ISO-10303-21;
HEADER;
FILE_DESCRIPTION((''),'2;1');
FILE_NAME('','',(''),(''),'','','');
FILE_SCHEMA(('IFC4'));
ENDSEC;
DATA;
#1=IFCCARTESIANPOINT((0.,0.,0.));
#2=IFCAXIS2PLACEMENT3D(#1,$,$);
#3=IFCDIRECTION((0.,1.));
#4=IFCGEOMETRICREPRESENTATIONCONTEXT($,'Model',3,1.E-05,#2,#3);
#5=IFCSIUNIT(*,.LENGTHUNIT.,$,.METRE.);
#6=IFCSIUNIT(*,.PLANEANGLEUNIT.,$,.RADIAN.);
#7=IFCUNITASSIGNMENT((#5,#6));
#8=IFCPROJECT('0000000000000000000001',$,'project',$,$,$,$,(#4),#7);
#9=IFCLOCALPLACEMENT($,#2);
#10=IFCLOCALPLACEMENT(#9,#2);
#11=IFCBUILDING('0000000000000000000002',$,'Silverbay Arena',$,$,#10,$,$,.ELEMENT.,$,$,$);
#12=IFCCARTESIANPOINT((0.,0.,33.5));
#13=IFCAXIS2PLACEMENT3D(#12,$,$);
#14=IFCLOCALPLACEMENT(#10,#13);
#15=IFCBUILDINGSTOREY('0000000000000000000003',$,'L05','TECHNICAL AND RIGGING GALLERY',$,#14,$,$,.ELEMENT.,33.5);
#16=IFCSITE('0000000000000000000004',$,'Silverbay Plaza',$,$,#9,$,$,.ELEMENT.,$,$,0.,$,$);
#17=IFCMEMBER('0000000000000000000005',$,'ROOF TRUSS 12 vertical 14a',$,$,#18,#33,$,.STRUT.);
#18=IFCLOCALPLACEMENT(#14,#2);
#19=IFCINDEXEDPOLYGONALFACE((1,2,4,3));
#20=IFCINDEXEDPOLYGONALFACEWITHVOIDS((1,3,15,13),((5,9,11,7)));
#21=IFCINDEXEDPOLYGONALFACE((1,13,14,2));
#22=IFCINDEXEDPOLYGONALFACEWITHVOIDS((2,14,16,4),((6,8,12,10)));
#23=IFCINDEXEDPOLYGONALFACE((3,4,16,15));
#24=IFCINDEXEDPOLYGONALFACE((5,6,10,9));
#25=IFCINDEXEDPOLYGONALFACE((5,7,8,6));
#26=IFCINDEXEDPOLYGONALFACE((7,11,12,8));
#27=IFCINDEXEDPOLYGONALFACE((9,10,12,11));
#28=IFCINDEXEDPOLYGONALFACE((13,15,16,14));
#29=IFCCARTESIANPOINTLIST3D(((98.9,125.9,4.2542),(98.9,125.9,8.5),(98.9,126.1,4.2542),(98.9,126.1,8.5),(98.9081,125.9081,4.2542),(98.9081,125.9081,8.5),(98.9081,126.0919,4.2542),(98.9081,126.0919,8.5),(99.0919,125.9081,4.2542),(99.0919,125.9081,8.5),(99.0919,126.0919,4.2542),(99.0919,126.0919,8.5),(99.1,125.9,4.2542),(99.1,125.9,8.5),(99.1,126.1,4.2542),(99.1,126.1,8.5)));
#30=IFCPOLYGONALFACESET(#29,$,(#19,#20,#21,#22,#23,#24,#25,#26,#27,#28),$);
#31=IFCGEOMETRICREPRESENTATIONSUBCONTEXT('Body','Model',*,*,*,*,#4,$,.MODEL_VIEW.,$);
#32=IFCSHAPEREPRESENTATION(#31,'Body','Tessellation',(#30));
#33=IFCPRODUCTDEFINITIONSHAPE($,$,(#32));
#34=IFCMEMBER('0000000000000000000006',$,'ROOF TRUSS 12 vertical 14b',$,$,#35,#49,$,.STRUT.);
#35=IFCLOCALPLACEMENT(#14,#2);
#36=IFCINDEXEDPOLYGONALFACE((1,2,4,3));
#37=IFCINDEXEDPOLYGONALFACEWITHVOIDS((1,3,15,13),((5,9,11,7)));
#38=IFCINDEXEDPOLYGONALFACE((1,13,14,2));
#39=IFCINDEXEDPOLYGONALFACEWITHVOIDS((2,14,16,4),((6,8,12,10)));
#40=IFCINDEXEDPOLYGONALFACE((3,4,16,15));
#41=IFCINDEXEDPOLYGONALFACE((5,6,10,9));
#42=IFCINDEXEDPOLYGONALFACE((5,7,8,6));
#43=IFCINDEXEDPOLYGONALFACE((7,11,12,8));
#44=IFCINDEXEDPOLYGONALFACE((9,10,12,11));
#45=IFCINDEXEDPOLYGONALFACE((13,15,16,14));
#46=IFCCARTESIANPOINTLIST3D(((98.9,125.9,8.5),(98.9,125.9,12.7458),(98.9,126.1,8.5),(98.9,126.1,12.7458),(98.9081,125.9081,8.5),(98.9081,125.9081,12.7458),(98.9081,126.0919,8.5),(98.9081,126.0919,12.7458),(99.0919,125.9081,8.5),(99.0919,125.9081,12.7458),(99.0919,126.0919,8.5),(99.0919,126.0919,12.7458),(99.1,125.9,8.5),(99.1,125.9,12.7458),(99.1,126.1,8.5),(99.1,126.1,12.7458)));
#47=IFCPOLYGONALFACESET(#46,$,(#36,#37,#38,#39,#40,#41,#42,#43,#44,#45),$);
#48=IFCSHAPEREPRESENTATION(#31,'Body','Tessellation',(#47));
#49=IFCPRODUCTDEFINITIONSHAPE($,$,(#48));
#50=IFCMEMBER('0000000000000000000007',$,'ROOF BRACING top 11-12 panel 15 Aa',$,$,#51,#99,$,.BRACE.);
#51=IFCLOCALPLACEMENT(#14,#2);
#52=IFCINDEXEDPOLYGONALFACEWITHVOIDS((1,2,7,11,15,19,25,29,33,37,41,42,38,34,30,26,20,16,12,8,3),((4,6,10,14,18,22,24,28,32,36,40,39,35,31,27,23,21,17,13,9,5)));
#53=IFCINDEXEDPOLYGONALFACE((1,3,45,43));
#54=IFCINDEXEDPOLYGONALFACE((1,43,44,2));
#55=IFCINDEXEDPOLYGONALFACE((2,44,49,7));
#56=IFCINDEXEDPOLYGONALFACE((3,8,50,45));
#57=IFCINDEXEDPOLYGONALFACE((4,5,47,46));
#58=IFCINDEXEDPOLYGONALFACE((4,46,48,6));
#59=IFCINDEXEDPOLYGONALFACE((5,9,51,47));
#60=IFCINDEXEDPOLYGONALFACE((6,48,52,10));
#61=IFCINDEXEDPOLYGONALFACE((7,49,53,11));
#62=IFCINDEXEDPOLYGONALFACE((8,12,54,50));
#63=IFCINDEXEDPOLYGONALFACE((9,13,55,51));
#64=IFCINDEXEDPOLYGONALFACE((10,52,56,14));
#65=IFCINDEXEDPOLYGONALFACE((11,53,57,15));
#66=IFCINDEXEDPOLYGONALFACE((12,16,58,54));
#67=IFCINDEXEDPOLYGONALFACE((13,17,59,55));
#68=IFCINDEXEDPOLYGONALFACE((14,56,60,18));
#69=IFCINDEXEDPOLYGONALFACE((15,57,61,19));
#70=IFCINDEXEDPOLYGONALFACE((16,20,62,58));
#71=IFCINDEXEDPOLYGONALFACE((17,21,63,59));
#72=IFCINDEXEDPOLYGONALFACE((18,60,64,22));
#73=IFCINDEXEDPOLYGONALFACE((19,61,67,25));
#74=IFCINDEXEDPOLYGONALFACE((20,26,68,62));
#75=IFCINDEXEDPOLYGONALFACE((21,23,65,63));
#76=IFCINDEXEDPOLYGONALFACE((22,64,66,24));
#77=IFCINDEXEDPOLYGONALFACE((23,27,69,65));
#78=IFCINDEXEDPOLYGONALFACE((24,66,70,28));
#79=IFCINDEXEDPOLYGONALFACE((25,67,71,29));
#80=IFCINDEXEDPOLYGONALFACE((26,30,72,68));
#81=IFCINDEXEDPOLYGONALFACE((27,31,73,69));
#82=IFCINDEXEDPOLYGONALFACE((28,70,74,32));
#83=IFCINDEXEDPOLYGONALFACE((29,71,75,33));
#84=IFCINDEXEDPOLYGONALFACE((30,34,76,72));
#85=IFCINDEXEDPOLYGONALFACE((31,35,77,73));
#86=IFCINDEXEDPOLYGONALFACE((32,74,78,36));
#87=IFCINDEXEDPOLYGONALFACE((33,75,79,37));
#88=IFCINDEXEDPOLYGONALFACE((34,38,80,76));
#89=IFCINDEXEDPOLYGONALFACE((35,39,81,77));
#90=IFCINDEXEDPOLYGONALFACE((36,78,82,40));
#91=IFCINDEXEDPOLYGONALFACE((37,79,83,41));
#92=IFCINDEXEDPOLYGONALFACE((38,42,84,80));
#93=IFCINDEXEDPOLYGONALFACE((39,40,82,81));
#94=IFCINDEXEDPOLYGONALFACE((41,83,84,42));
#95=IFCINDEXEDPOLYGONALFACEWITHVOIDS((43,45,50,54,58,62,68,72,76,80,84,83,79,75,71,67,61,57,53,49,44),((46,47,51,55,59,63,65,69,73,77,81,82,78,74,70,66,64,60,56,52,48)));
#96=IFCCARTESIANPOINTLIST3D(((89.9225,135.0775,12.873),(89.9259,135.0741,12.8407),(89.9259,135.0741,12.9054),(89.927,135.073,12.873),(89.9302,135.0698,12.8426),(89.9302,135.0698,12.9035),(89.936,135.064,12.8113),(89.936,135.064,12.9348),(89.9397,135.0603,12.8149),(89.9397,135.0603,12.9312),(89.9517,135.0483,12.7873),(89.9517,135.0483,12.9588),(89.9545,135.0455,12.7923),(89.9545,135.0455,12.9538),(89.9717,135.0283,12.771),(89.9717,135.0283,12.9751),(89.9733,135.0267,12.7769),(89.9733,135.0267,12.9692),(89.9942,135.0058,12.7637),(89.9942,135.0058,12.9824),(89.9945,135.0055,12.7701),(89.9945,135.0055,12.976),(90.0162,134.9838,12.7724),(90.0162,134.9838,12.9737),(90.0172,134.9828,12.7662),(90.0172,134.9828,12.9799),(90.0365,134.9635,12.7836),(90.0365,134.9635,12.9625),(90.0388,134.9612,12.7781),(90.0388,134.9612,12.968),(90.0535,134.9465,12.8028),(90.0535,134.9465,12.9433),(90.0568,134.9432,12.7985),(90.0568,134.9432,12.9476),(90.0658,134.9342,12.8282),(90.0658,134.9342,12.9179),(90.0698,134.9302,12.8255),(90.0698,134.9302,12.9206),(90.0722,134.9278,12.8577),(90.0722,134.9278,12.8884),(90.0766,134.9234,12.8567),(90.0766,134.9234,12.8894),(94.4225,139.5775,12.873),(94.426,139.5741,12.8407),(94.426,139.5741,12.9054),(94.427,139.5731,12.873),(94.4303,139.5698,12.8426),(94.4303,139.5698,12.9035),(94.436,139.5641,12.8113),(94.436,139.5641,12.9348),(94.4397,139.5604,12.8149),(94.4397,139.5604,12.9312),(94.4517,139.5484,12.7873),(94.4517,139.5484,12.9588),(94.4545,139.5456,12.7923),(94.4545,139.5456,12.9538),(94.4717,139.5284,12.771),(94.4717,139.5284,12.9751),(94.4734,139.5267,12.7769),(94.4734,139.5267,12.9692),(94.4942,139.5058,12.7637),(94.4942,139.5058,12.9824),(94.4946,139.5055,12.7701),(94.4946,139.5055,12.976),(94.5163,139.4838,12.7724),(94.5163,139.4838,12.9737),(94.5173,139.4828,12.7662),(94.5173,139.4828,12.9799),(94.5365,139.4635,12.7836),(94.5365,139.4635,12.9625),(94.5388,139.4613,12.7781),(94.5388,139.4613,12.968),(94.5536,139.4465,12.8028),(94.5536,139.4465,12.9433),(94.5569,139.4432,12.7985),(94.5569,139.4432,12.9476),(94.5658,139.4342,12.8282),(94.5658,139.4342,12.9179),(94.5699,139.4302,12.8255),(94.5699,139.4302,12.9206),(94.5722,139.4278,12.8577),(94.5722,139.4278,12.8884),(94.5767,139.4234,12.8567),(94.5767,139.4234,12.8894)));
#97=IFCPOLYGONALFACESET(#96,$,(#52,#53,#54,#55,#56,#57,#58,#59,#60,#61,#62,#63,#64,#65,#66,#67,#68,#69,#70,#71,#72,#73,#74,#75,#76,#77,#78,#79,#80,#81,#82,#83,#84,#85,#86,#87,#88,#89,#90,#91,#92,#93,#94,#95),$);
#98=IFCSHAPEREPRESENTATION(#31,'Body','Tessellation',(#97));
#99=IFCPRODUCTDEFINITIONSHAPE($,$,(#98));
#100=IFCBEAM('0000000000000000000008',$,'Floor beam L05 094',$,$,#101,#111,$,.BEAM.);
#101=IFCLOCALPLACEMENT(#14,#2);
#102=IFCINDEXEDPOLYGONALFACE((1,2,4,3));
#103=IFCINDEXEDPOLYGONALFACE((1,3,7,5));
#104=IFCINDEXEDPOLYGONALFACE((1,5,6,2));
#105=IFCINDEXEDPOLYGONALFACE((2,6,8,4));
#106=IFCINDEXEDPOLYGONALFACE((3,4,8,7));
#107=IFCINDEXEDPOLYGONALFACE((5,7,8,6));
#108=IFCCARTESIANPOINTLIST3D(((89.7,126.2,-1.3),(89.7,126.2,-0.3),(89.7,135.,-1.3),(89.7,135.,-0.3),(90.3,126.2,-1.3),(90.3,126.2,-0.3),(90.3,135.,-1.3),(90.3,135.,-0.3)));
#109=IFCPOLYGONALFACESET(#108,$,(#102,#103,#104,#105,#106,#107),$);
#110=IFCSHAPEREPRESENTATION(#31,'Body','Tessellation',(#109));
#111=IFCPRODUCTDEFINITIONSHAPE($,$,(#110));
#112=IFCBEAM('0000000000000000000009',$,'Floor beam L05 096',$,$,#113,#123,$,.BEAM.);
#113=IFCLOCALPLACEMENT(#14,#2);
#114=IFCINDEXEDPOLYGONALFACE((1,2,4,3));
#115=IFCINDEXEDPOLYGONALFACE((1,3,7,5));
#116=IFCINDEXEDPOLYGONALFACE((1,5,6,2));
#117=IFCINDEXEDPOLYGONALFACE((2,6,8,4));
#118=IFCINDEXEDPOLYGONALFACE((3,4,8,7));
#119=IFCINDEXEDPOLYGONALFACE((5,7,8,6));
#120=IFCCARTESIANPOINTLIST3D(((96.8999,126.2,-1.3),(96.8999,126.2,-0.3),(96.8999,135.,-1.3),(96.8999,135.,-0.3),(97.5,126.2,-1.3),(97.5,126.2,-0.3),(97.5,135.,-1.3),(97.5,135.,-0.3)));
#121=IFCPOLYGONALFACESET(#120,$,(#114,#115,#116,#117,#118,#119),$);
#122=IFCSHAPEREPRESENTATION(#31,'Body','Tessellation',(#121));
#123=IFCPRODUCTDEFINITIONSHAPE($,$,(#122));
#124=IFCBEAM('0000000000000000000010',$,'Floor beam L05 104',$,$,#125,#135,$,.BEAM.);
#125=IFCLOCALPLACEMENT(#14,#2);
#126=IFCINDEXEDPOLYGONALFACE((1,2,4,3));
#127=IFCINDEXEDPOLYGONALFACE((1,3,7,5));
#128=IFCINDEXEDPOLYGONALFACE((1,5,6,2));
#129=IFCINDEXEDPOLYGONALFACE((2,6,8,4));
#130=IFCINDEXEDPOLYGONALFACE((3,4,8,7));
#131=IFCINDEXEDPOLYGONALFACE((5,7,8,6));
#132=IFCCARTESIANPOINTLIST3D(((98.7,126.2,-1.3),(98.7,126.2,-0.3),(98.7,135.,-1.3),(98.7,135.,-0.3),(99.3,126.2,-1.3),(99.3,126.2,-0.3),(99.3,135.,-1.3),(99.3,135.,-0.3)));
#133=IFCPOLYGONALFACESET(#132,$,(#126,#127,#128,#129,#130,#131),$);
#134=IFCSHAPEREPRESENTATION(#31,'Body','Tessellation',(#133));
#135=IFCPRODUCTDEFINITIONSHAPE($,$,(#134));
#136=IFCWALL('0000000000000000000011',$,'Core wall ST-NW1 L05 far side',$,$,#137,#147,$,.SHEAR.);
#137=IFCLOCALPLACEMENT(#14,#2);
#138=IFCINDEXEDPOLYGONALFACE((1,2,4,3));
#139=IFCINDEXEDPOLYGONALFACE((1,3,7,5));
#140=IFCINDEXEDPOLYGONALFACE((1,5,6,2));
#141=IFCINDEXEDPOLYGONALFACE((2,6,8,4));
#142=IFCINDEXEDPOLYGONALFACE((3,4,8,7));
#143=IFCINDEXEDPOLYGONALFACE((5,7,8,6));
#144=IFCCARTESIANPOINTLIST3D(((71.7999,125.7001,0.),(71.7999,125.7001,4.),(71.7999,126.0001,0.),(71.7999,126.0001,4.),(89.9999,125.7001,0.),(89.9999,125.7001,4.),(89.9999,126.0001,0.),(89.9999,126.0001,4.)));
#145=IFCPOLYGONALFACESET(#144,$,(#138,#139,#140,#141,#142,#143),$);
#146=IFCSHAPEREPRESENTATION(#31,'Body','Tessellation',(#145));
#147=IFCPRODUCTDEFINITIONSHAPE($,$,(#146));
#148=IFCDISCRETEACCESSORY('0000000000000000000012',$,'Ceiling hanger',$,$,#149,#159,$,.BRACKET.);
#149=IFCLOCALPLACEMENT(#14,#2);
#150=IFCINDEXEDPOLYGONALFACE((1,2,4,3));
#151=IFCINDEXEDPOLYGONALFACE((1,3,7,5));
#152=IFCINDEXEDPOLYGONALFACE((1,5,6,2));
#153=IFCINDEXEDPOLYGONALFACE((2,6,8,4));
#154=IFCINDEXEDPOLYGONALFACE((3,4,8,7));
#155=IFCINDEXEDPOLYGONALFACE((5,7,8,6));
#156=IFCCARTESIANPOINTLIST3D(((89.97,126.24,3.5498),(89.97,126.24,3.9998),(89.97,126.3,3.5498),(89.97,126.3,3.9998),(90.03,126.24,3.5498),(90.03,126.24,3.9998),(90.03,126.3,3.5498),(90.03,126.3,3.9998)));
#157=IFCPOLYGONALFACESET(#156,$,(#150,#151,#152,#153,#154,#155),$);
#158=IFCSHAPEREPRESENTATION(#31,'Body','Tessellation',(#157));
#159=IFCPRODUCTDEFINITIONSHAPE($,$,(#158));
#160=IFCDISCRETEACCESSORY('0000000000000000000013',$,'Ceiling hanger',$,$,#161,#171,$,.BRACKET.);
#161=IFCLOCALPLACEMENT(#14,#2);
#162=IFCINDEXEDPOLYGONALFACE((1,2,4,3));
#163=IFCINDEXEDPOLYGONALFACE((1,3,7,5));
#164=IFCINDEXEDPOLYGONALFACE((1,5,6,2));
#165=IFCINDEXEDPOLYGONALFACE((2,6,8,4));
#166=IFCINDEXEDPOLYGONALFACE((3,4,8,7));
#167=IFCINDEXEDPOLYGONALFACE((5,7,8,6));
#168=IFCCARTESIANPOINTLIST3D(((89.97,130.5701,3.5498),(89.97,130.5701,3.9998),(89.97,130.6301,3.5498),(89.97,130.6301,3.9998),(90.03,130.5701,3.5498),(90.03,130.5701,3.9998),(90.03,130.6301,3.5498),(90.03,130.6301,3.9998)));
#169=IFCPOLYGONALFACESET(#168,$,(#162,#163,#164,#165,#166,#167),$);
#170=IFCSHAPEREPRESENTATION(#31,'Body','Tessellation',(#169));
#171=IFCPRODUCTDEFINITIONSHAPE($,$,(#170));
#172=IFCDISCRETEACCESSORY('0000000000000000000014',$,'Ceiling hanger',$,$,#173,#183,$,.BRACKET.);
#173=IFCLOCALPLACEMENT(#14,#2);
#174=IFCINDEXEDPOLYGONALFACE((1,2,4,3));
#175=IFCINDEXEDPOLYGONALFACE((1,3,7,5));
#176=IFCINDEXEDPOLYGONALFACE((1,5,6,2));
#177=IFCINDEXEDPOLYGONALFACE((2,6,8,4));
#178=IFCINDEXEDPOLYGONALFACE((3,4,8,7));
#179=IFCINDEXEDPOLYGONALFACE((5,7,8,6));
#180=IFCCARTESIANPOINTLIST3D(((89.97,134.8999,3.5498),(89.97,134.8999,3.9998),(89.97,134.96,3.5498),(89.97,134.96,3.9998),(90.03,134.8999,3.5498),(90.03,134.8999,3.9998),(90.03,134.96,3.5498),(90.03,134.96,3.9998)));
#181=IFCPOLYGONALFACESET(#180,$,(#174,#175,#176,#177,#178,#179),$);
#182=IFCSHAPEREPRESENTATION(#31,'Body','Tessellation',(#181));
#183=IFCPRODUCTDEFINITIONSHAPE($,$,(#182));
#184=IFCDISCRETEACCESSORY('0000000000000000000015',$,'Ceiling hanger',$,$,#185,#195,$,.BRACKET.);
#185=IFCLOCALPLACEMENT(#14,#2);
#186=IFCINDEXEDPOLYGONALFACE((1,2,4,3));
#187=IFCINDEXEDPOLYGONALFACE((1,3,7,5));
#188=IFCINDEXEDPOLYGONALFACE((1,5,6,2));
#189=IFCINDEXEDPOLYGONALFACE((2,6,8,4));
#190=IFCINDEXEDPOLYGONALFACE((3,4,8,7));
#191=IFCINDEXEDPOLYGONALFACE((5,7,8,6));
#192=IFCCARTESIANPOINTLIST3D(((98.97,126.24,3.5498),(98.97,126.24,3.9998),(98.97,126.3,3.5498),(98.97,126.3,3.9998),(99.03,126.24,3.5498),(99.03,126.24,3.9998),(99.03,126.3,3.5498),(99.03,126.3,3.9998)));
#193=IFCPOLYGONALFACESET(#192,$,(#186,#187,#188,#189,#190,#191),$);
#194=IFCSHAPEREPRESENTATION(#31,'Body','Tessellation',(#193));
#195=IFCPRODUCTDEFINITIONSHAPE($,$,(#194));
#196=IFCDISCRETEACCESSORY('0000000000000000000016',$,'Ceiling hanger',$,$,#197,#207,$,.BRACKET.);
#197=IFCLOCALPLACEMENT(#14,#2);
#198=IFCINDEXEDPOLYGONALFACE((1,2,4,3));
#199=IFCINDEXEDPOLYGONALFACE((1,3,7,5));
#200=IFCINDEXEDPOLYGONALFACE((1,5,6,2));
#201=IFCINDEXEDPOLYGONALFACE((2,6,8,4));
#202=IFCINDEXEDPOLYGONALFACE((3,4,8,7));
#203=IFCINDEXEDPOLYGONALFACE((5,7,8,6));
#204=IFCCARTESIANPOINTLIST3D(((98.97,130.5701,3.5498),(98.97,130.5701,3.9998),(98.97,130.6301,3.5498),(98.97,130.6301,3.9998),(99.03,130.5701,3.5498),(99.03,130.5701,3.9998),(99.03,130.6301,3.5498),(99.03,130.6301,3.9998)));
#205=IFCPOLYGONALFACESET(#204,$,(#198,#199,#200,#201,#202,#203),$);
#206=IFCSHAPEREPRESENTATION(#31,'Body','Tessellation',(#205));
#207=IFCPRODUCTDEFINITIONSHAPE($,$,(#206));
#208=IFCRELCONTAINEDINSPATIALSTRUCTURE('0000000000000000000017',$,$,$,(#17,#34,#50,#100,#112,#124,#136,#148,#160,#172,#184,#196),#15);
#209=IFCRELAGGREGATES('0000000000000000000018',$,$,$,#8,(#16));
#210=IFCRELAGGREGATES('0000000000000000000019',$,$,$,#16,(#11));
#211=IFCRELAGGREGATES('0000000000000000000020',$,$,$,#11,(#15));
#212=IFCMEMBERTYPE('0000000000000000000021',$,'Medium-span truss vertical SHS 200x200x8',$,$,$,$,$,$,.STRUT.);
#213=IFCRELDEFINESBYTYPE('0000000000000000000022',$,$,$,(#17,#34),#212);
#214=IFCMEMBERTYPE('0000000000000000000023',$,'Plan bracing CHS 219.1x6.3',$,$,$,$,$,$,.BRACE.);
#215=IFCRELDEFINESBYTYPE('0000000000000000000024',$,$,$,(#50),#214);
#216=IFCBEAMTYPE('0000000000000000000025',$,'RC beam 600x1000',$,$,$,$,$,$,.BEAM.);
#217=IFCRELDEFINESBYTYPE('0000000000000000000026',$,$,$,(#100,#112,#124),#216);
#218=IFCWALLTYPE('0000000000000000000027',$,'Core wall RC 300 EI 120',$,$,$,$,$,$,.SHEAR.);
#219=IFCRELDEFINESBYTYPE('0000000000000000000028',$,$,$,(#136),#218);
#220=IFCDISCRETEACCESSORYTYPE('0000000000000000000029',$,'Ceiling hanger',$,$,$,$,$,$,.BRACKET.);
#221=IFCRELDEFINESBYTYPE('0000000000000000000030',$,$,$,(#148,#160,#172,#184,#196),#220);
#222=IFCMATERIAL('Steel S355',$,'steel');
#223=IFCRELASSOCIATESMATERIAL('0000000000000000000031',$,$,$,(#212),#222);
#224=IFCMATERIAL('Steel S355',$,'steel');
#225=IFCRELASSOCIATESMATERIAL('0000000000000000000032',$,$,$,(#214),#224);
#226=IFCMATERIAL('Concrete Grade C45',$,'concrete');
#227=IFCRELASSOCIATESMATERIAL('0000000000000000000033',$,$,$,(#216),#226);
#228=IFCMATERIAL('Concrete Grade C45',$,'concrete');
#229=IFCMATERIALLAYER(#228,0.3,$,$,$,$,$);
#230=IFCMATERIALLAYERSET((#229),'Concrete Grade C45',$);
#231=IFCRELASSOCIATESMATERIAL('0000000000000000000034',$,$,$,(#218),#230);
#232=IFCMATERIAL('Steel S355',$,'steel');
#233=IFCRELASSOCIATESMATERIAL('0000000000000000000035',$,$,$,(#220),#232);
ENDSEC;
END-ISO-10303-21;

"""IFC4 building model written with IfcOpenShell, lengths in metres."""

from ifc_helpers import new_model, si_unit, direction, frame, frame_2d, origin, origin_2d, place, context, subcontext, project, spatial, rectangle, hollow_rectangle, hollow_circle, extrude, material, layer, layer_set, material_profile, profile_set, type_object, element, save


model = new_model("IFC4")

# Units and contexts
model_context = context("Model", 3, precision=1e-05, world=origin(), true_north=direction((0.0, 1.0)))
body_context = subcontext(model_context, "Body", "Model", "MODEL_VIEW")
ifc_project = project(units=[si_unit("LENGTHUNIT", "METRE"), si_unit("PLANEANGLEUNIT", "RADIAN")], contexts=[model_context])

# Site, building, storey
site_placement = place(None, origin())
site = spatial("IfcSite", under=ifc_project, at=site_placement, Name="Silverbay Plaza", CompositionType="ELEMENT", RefElevation=0.0)
building_placement = place(site_placement, origin())
building = spatial("IfcBuilding", under=site, at=building_placement, Name="Silverbay Arena", CompositionType="ELEMENT")
storey_placement = place(building_placement, frame((0.0, 0.0, 33.5)))
storey = spatial("IfcBuildingStorey", under=building, at=storey_placement, Name="L05", Description="TECHNICAL AND RIGGING GALLERY", CompositionType="ELEMENT", Elevation=33.5)

# Members
ifc_material_1 = material(Name="Steel S355", Category="steel")
ifc_material_profile_1 = material_profile(ifc_material_1, hollow_rectangle(XDim=0.2, YDim=0.2, WallThickness=0.0081, at=origin_2d()), Name="SHS 200x200x8")
ifc_profile_set_1 = profile_set([ifc_material_profile_1], Name="Steel S355")
member_type_1 = type_object("IfcMemberType", Name="Medium-span truss vertical SHS 200x200x8", PredefinedType="STRUT", material=ifc_profile_set_1)
for number, where, z_axis, x_axis, name in (
    (1, (99.0, 126.0, 4.2542), (0.0, 0.0, 1.0), (1.0, 0.0, 0.0), "ROOF TRUSS 12 vertical 14a"),
    (2, (99.0, 126.0, 8.5), (0.0, 0.0, 1.0), (1.0, 0.0, 0.0), "ROOF TRUSS 12 vertical 14b"),
):
    element("IfcMember", number, at=place(storey_placement, frame(where, z_axis=z_axis, x_axis=x_axis)), inside=storey, type_object=member_type_1, Name=name, PredefinedType="STRUT", context=body_context, shape_type="SweptSolid", body=[
        extrude(hollow_rectangle(XDim=0.2, YDim=0.2, WallThickness=0.0081, at=origin_2d()), origin(), (0.0, 0.0, 1.0), 4.2458),
    ])
ifc_material_2 = material(Name="Steel S355", Category="steel")
ifc_material_profile_2 = material_profile(ifc_material_2, hollow_circle(Radius=0.1096, WallThickness=0.0063, at=origin_2d()), Name="CHS 219.1x6.3")
ifc_profile_set_2 = profile_set([ifc_material_profile_2], Name="Steel S355")
member_type_2 = type_object("IfcMemberType", Name="Plan bracing CHS 219.1x6.3", PredefinedType="BRACE", material=ifc_profile_set_2)
member_placement = place(storey_placement, frame((90.0, 135.0, 12.873), z_axis=(0.707107, 0.707107, 0.0), x_axis=(-0.707107, 0.707107, 0.0)))
element("IfcMember", 3, at=member_placement, inside=storey, type_object=member_type_2, Name="ROOF BRACING top 11-12 panel 15 Aa", PredefinedType="BRACE", context=body_context, shape_type="SweptSolid", body=[
    extrude(hollow_circle(Radius=0.1096, WallThickness=0.0063, at=origin_2d()), origin(), (0.0, 0.0, 1.0), 6.364),
])

# Beams
ifc_material_3 = material(Name="Concrete Grade C45", Category="concrete")
ifc_material_profile_3 = material_profile(ifc_material_3, rectangle(XDim=0.6001, YDim=1.0, at=origin_2d()), Name="RC 600x1000")
ifc_profile_set_3 = profile_set([ifc_material_profile_3], Name="Concrete Grade C45")
beam_type = type_object("IfcBeamType", Name="RC beam 600x1000", PredefinedType="BEAM", material=ifc_profile_set_3)
for number, where, z_axis, x_axis, name in (
    (4, (90.0, 126.2, -0.8), (0.0, 1.0, 0.0), (-1.0, 0.0, 0.0), "Floor beam L05 094"),
    (5, (97.2, 126.2, -0.8), (0.0, 1.0, 0.0), (-1.0, 0.0, 0.0), "Floor beam L05 096"),
    (6, (99.0, 126.2, -0.8), (0.0, 1.0, 0.0), (-1.0, 0.0, 0.0), "Floor beam L05 104"),
):
    element("IfcBeam", number, at=place(storey_placement, frame(where, z_axis=z_axis, x_axis=x_axis)), inside=storey, type_object=beam_type, Name=name, PredefinedType="BEAM", context=body_context, shape_type="SweptSolid", body=[
        extrude(rectangle(XDim=0.6001, YDim=1.0, at=origin_2d()), origin(), (0.0, 0.0, 1.0), 8.8),
    ])

# Wall
ifc_material_4 = material(Name="Concrete Grade C45", Category="concrete")
ifc_layer = layer(ifc_material_4, 0.3)
ifc_layer_set = layer_set([ifc_layer], Name="Concrete Grade C45")
wall_type = type_object("IfcWallType", Name="Core wall RC 300 EI 120", PredefinedType="SHEAR", material=ifc_layer_set)
wall_placement = place(storey_placement, frame((90.0, 125.8501, 0.0), z_axis=(0.0, 0.0, 1.0), x_axis=(-1.0, 0.0, 0.0)))
element("IfcWall", 7, at=wall_placement, inside=storey, type_object=wall_type, Name="Core wall ST-NW1 L05 far side", PredefinedType="SHEAR", context=body_context, shape_type="SweptSolid", body=[
    extrude(rectangle(XDim=18.2, YDim=0.3, at=frame_2d((9.1001, 0.0))), origin(), (0.0, 0.0, 1.0), 4.0),
])

# Discrete accessories
ifc_material_5 = material(Name="Steel S355", Category="steel")
discrete_accessory_type = type_object("IfcDiscreteAccessoryType", Name="Ceiling hanger", PredefinedType="BRACKET", material=ifc_material_5)
for number, where, z_axis, x_axis, name in (
    (8, (90.0, 126.27, 3.5498), (0.0, 0.0, 1.0), (1.0, 0.0, 0.0), "Ceiling hanger"),
    (9, (90.0, 130.6001, 3.5498), (0.0, 0.0, 1.0), (1.0, 0.0, 0.0), "Ceiling hanger"),
    (10, (90.0, 134.9299, 3.5498), (0.0, 0.0, 1.0), (1.0, 0.0, 0.0), "Ceiling hanger"),
    (11, (99.0, 126.27, 3.5498), (0.0, 0.0, 1.0), (1.0, 0.0, 0.0), "Ceiling hanger"),
    (12, (99.0, 130.6001, 3.5498), (0.0, 0.0, 1.0), (1.0, 0.0, 0.0), "Ceiling hanger"),
):
    element("IfcDiscreteAccessory", number, at=place(storey_placement, frame(where, z_axis=z_axis, x_axis=x_axis)), inside=storey, type_object=discrete_accessory_type, Name=name, PredefinedType="BRACKET", context=body_context, shape_type="SweptSolid", body=[
        extrude(rectangle(XDim=0.0601, YDim=0.0601, at=origin_2d()), origin(), (0.0, 0.0, 1.0), 0.45),
    ])

save(model, "model.ifc")
